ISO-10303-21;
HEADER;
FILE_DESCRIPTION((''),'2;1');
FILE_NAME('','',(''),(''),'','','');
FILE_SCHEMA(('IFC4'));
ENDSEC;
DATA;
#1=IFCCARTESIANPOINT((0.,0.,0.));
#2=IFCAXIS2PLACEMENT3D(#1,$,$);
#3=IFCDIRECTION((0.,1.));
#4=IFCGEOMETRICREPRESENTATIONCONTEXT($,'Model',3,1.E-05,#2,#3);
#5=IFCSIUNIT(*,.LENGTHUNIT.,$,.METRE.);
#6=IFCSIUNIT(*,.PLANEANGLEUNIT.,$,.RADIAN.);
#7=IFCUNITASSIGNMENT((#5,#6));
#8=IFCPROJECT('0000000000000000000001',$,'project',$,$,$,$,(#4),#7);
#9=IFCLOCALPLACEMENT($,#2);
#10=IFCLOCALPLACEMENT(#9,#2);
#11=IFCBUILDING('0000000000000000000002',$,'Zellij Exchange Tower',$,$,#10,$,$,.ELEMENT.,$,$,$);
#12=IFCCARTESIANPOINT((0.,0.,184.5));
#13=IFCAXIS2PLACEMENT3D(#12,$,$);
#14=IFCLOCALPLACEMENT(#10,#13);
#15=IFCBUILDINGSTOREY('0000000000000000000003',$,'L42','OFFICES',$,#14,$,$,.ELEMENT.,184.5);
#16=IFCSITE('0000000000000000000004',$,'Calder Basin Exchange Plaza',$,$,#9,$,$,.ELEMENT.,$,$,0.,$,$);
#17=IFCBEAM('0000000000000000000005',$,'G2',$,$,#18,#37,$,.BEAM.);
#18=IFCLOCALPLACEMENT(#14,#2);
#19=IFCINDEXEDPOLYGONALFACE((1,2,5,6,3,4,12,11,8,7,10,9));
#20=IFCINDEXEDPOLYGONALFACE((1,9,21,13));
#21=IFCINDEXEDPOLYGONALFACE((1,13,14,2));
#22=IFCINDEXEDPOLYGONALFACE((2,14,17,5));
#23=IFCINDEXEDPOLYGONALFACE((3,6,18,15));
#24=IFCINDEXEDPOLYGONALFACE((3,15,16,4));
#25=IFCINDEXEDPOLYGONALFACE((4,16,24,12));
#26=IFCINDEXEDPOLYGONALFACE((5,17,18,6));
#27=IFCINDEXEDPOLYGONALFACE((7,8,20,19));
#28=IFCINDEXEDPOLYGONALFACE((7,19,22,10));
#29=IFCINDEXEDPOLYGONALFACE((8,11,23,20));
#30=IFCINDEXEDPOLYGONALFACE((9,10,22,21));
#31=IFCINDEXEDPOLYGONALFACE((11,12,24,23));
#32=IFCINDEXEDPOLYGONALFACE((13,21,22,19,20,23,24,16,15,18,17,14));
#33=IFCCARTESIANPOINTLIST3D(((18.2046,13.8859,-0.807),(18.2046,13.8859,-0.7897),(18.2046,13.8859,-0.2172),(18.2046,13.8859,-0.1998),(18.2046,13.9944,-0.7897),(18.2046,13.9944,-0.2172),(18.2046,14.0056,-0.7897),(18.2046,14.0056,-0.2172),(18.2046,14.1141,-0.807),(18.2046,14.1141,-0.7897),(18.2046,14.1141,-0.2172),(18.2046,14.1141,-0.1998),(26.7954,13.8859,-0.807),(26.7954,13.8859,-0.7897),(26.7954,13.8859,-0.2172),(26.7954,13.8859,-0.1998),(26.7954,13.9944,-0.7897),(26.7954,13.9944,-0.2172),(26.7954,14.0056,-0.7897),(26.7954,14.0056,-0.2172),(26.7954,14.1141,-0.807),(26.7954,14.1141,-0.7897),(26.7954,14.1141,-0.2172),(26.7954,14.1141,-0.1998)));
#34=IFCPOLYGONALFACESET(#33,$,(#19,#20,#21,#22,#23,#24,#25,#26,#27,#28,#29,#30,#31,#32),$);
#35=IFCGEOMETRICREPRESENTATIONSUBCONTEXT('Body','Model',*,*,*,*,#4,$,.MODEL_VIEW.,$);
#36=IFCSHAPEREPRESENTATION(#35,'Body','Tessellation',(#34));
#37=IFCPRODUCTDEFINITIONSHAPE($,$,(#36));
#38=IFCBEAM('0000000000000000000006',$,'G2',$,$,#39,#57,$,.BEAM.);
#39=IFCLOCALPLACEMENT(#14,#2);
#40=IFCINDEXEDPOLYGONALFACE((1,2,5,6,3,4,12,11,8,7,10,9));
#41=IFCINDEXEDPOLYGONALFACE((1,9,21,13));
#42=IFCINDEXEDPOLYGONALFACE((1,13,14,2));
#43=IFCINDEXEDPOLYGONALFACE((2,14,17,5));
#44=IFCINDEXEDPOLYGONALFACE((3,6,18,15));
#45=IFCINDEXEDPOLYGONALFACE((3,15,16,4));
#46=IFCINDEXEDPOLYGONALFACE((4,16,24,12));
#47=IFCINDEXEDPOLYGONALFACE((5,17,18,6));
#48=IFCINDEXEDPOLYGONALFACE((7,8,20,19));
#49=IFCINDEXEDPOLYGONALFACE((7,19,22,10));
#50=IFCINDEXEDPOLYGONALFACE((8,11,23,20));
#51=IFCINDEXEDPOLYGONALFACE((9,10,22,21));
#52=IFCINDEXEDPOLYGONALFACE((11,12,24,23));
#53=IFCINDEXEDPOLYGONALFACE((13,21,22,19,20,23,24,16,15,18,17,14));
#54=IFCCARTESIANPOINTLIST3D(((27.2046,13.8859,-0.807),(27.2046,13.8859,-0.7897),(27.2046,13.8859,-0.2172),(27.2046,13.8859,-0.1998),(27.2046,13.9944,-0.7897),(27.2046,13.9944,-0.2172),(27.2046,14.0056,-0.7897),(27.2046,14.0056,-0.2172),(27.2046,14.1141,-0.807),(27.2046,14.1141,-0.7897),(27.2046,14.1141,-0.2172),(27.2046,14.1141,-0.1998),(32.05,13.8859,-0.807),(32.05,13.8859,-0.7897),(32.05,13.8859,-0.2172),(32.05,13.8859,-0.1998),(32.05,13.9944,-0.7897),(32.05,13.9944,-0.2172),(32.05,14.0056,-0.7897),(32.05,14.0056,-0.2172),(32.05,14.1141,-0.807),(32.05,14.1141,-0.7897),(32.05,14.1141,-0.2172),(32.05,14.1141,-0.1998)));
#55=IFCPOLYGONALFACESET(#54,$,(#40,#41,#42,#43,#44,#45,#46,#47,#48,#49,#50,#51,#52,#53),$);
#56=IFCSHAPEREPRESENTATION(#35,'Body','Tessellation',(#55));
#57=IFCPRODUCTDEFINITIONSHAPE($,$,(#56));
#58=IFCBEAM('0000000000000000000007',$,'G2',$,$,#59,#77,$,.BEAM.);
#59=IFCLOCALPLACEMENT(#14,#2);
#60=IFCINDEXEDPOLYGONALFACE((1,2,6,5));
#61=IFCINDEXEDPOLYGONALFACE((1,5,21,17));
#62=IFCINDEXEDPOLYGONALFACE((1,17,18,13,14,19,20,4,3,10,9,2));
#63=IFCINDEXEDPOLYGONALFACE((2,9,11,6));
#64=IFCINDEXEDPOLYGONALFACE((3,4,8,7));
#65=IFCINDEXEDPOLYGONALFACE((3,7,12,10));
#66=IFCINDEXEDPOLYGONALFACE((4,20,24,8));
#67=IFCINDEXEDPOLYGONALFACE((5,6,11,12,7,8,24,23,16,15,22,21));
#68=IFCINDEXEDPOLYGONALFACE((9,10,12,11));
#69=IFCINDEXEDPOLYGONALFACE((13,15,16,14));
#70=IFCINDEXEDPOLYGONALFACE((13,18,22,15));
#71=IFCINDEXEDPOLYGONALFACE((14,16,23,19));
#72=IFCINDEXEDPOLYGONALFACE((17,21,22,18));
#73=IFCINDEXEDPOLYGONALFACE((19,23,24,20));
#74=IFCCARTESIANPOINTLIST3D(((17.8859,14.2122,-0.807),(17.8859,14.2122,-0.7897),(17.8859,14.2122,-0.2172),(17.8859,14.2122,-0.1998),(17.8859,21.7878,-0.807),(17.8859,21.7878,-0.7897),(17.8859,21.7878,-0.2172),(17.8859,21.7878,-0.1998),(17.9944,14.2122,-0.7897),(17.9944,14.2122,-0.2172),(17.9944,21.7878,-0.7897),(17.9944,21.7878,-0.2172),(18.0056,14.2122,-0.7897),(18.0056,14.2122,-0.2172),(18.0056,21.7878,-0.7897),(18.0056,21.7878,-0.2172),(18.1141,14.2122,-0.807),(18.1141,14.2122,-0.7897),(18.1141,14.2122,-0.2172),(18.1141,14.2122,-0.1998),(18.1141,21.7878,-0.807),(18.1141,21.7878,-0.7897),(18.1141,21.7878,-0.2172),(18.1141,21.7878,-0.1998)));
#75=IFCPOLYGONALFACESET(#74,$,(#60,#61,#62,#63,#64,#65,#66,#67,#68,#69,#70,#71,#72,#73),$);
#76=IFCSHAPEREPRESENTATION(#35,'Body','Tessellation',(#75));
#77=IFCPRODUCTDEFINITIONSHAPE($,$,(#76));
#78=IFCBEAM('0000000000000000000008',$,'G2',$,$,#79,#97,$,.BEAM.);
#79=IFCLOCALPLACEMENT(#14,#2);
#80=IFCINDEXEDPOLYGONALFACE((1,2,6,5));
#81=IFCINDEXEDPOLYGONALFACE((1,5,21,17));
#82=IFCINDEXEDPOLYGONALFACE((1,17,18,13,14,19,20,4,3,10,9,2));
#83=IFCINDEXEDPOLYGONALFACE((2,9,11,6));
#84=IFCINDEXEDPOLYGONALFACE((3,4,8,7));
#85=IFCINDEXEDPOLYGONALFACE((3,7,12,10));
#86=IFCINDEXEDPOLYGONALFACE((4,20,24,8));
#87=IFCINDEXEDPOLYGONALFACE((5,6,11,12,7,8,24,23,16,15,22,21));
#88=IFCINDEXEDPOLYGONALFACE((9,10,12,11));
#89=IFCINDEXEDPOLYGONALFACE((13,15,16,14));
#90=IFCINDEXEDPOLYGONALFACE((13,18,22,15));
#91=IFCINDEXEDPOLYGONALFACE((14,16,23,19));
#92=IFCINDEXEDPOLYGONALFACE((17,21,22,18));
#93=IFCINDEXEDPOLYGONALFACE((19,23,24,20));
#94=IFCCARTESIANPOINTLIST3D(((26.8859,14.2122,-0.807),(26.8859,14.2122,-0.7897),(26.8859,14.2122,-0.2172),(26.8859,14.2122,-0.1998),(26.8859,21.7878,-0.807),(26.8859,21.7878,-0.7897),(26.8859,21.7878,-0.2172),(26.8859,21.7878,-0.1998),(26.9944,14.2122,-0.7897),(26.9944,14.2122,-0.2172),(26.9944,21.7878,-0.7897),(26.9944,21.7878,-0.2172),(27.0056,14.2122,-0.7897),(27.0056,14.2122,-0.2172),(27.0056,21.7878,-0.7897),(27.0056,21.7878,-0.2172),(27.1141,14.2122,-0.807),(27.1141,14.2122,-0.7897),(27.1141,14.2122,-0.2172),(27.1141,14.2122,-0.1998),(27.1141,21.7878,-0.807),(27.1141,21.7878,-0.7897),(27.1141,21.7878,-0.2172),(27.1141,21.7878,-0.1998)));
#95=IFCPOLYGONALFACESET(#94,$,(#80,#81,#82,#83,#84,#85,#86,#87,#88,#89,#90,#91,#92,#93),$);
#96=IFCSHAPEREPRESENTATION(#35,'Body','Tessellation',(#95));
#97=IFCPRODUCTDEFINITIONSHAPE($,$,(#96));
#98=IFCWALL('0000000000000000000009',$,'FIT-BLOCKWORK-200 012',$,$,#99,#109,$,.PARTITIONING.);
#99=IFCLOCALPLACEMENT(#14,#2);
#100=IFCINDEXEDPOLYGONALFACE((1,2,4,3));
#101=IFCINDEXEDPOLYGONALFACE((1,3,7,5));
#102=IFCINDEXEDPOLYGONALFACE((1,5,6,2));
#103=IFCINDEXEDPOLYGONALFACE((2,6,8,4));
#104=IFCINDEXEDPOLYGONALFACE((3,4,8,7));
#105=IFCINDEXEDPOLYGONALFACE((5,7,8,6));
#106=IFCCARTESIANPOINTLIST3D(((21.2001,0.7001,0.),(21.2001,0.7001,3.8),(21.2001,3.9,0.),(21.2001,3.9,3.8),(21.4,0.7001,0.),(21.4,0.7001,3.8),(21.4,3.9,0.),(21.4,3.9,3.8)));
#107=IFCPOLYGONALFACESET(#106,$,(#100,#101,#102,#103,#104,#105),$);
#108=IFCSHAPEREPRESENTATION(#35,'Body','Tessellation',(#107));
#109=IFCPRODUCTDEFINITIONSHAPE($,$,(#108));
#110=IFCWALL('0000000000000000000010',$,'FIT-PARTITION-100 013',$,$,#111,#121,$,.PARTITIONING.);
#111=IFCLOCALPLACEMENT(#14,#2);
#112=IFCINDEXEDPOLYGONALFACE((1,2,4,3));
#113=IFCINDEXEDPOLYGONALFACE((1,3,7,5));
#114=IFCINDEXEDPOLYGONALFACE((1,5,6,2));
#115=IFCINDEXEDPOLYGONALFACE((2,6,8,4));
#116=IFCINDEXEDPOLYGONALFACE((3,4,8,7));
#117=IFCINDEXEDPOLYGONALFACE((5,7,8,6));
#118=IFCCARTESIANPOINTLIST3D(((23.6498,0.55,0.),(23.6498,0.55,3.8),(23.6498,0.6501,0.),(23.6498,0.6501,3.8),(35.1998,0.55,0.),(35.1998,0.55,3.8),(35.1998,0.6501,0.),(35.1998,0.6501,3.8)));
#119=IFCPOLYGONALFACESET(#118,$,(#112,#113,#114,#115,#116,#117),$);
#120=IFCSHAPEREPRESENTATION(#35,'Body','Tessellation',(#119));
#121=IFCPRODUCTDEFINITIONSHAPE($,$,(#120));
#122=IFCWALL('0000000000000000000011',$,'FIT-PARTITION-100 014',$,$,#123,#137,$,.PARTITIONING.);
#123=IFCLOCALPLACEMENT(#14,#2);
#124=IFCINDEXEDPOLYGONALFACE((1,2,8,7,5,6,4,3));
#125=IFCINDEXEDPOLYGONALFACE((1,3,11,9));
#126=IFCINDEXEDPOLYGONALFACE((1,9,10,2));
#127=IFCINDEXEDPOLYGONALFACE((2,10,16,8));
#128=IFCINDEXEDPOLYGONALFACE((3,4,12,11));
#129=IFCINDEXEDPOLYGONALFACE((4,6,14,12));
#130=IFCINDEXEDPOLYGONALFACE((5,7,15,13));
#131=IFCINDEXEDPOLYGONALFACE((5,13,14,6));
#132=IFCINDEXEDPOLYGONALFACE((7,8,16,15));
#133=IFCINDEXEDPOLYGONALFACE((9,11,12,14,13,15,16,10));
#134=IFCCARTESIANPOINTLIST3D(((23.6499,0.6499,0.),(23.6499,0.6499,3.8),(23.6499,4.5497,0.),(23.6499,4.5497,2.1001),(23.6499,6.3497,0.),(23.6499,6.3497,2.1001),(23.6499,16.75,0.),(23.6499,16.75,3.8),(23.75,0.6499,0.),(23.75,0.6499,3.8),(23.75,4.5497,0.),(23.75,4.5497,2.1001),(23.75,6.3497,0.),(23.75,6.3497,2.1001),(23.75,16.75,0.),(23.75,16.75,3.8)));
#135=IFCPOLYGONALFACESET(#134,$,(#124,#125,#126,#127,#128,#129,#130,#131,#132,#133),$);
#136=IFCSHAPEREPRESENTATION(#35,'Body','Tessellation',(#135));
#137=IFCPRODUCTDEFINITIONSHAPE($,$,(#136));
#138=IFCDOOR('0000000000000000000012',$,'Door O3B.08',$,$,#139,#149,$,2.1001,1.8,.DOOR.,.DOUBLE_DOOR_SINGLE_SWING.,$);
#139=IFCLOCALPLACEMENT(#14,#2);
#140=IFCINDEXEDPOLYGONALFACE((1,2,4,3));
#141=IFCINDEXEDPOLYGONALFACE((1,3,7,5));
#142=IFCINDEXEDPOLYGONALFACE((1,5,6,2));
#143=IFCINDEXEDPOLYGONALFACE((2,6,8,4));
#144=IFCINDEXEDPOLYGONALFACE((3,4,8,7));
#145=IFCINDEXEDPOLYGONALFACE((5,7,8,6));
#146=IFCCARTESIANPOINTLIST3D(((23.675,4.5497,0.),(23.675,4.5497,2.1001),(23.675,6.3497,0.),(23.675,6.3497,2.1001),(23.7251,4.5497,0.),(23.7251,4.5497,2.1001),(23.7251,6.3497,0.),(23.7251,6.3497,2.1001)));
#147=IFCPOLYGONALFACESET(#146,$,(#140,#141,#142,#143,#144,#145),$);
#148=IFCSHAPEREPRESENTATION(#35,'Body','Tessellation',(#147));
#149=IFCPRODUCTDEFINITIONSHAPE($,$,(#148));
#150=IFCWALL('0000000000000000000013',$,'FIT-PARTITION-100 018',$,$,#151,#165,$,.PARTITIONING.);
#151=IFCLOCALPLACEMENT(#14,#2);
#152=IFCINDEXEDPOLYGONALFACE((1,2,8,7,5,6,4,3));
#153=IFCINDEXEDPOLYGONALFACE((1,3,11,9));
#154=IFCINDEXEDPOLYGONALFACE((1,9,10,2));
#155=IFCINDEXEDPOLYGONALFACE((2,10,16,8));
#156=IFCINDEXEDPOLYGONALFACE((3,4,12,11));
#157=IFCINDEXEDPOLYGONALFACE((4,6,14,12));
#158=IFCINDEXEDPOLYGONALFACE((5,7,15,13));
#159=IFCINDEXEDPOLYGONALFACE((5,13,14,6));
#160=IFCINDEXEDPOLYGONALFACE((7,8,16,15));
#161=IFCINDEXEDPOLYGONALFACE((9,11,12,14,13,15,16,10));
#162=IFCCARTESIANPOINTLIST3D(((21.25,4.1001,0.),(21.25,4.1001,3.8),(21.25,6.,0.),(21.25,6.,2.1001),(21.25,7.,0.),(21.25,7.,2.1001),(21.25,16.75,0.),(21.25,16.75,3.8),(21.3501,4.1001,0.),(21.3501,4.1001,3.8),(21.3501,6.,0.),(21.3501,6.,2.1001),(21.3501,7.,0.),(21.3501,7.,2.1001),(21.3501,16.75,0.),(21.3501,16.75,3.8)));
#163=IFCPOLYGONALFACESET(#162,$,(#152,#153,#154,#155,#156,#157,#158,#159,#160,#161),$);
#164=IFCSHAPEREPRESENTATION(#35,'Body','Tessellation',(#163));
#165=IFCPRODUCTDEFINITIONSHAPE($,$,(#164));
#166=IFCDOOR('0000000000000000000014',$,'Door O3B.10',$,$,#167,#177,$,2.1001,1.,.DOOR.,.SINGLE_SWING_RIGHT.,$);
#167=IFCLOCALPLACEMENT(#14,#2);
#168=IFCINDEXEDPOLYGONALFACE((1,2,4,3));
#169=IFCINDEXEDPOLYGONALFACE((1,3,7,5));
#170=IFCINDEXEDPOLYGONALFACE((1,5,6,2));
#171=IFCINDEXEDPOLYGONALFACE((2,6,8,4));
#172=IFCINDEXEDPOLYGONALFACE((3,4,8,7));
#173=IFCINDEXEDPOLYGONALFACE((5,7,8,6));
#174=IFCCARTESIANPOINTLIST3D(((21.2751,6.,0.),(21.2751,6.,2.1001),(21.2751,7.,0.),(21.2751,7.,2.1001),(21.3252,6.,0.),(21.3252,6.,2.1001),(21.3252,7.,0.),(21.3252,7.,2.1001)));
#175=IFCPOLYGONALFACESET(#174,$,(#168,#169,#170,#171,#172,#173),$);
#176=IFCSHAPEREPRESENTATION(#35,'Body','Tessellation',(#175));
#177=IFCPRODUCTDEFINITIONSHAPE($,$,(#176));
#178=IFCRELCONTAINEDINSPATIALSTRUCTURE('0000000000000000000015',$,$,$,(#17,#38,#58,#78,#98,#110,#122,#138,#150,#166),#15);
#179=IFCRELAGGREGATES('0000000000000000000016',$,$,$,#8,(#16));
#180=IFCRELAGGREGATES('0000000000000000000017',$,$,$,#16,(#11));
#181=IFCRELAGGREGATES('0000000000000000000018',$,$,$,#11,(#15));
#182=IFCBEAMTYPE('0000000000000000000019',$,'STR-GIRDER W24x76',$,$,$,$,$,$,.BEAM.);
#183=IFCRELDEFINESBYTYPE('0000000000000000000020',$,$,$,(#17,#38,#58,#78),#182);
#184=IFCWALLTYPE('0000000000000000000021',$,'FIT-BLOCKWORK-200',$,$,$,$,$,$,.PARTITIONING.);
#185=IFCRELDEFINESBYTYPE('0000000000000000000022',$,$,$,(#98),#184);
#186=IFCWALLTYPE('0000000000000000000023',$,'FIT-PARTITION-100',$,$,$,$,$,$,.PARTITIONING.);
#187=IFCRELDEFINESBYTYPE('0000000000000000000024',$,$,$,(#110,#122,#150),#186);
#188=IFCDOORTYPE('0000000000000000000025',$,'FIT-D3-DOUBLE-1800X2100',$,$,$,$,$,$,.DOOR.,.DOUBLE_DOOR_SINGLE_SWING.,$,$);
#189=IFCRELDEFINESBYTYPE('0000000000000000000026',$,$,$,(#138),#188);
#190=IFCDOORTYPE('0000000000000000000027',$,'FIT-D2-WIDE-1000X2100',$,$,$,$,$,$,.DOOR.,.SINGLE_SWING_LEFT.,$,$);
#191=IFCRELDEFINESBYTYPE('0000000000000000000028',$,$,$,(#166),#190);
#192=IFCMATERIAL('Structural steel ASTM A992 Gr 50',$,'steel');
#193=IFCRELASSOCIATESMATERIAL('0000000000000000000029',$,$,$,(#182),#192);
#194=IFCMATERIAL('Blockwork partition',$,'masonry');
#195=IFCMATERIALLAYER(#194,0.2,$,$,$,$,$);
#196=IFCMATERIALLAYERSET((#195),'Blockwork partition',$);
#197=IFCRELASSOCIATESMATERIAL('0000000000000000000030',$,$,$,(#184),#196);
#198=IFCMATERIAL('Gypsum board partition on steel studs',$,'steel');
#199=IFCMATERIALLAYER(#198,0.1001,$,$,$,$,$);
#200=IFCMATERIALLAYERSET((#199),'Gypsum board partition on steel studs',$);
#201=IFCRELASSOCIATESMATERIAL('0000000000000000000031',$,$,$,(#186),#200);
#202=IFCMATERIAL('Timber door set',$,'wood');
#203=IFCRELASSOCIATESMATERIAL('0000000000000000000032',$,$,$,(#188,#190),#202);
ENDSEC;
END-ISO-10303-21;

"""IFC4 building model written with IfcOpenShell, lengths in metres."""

from ifc_helpers import new_model, si_unit, direction, frame, frame_2d, origin, origin_2d, place, context, subcontext, project, spatial, rectangle, i_section, extrude, material, layer, layer_set, material_profile, profile_set, type_object, element, fill, save


model = new_model("IFC4")

# Units and contexts
model_context = context("Model", 3, precision=1e-05, world=origin(), true_north=direction((0.0, 1.0)))
body_context = subcontext(model_context, "Body", "Model", "MODEL_VIEW")
ifc_project = project(units=[si_unit("LENGTHUNIT", "METRE"), si_unit("PLANEANGLEUNIT", "RADIAN")], contexts=[model_context])

# Site, building, storey
site_placement = place(None, origin())
site = spatial("IfcSite", under=ifc_project, at=site_placement, Name="Calder Basin Exchange Plaza", CompositionType="ELEMENT", RefElevation=0.0)
building_placement = place(site_placement, origin())
building = spatial("IfcBuilding", under=site, at=building_placement, Name="Zellij Exchange Tower", CompositionType="ELEMENT")
storey_placement = place(building_placement, frame((0.0, 0.0, 184.5)))
storey = spatial("IfcBuildingStorey", under=building, at=storey_placement, Name="L42", Description="OFFICES", CompositionType="ELEMENT", Elevation=184.5)

# Beams
ifc_material_1 = material(Name="Structural steel ASTM A992 Gr 50", Category="steel")
ifc_material_profile_1 = material_profile(ifc_material_1, i_section(OverallWidth=0.2283, OverallDepth=0.6072, WebThickness=0.0112, FlangeThickness=0.0173, at=origin_2d()), Name="W24x76")
ifc_profile_set_1 = profile_set([ifc_material_profile_1], Name="Structural steel ASTM A992 Gr 50")
beam_type_1 = type_object("IfcBeamType", Name="STR-GIRDER W24x76", PredefinedType="BEAM", material=ifc_profile_set_1)
beam_1_placement = place(storey_placement, frame((18.2046, 14.0, -0.5034), z_axis=(1.0, 0.0, 0.0), x_axis=(0.0, 1.0, 0.0)))
element("IfcBeam", 1, at=beam_1_placement, inside=storey, type_object=beam_type_1, Name="G2", PredefinedType="BEAM", context=body_context, shape_type="SweptSolid", body=[
    extrude(i_section(OverallWidth=0.2283, OverallDepth=0.6072, WebThickness=0.0112, FlangeThickness=0.0173, at=origin_2d()), origin(), (0.0, 0.0, 1.0), 8.5908),
])
beam_2_placement = place(storey_placement, frame((27.2046, 14.0, -0.5034), z_axis=(1.0, 0.0, 0.0), x_axis=(0.0, 1.0, 0.0)))
element("IfcBeam", 2, at=beam_2_placement, inside=storey, type_object=beam_type_1, Name="G2", PredefinedType="BEAM", context=body_context, shape_type="SweptSolid", body=[
    extrude(i_section(OverallWidth=0.2283, OverallDepth=0.6072, WebThickness=0.0112, FlangeThickness=0.0173, at=origin_2d()), origin(), (0.0, 0.0, 1.0), 4.8455),
])
for number, where, z_axis, x_axis, name in (
    (3, (18.0, 14.2122, -0.5034), (0.0, 1.0, 0.0), (-1.0, 0.0, 0.0), "G2"),
    (4, (27.0, 14.2122, -0.5034), (0.0, 1.0, 0.0), (-1.0, 0.0, 0.0), "G2"),
):
    element("IfcBeam", number, at=place(storey_placement, frame(where, z_axis=z_axis, x_axis=x_axis)), inside=storey, type_object=beam_type_1, Name=name, PredefinedType="BEAM", context=body_context, shape_type="SweptSolid", body=[
        extrude(i_section(OverallWidth=0.2283, OverallDepth=0.6072, WebThickness=0.0112, FlangeThickness=0.0173, at=origin_2d()), origin(), (0.0, 0.0, 1.0), 7.5757),
    ])

# Walls
ifc_material_2 = material(Name="Blockwork partition", Category="masonry")
ifc_layer_1 = layer(ifc_material_2, 0.2)
ifc_layer_set_1 = layer_set([ifc_layer_1], Name="Blockwork partition")
wall_type_1 = type_object("IfcWallType", Name="FIT-BLOCKWORK-200", PredefinedType="PARTITIONING", material=ifc_layer_set_1)
wall_1_placement = place(storey_placement, frame((21.3, 0.7, 0.0), z_axis=(0.0, 0.0, 1.0), x_axis=(0.0, 1.0, 0.0)))
element("IfcWall", 5, at=wall_1_placement, inside=storey, type_object=wall_type_1, Name="FIT-BLOCKWORK-200 012", PredefinedType="PARTITIONING", context=body_context, shape_type="SweptSolid", body=[
    extrude(rectangle(XDim=3.2, YDim=0.2, at=frame_2d((1.6001, 0.0))), origin(), (0.0, 0.0, 1.0), 3.8),
])
ifc_material_3 = material(Name="Gypsum board partition on steel studs", Category="steel")
ifc_layer_2 = layer(ifc_material_3, 0.1001)
ifc_layer_set_2 = layer_set([ifc_layer_2], Name="Gypsum board partition on steel studs")
wall_type_2 = type_object("IfcWallType", Name="FIT-PARTITION-100", PredefinedType="PARTITIONING", material=ifc_layer_set_2)
wall_2_placement = place(storey_placement, frame((23.6499, 0.6001, 0.0), z_axis=(0.0, 0.0, 1.0), x_axis=(1.0, 0.0, 0.0)))
element("IfcWall", 6, at=wall_2_placement, inside=storey, type_object=wall_type_2, Name="FIT-PARTITION-100 013", PredefinedType="PARTITIONING", context=body_context, shape_type="SweptSolid", body=[
    extrude(rectangle(XDim=11.55, YDim=0.1001, at=frame_2d((5.7749, 0.0))), origin(), (0.0, 0.0, 1.0), 3.8),
])

# Walls, openings, doors
wall_3_placement = place(storey_placement, frame((23.7, 0.6499, 0.0), z_axis=(0.0, 0.0, 1.0), x_axis=(0.0, 1.0, 0.0)))
wall_3 = element("IfcWall", 7, at=wall_3_placement, inside=storey, type_object=wall_type_2, Name="FIT-PARTITION-100 014", PredefinedType="PARTITIONING", context=body_context, shape_type="SweptSolid", body=[
    extrude(rectangle(XDim=16.1001, YDim=0.1001, at=frame_2d((8.05, 0.0))), origin(), (0.0, 0.0, 1.0), 3.8),
])
opening_1_placement = place(wall_3_placement, frame((3.8999, 0.0, 0.0)))
opening_1 = element("IfcOpeningElement", 8, at=opening_1_placement, cuts=wall_3, PredefinedType="OPENING", context=body_context, shape_type="SweptSolid", body=[
    extrude(rectangle(XDim=1.8, YDim=2.1001, at=frame_2d((0.8999, 1.05))), frame((0.0, 0.062, 0.0), z_axis=(0.0, -1.0, 0.0), x_axis=(1.0, 0.0, 0.0)), (0.0, 0.0, 1.0), 0.124),
])
ifc_material_4 = material(Name="Timber door set", Category="wood")
door_type_1 = type_object("IfcDoorType", Name="FIT-D3-DOUBLE-1800X2100", OperationType="DOUBLE_DOOR_SINGLE_SWING", PredefinedType="DOOR", material=ifc_material_4)
door_1_placement = place(opening_1_placement, origin())
door_1 = element("IfcDoor", 9, at=door_1_placement, inside=storey, type_object=door_type_1, Name="Door O3B.08", OperationType="DOUBLE_DOOR_SINGLE_SWING", OverallHeight=2.1001, OverallWidth=1.8, PredefinedType="DOOR", context=body_context, shape_type="SweptSolid", body=[
    extrude(rectangle(XDim=1.8, YDim=2.1001, at=frame_2d((0.8999, 1.05))), frame((0.0, 0.0249, 0.0), z_axis=(0.0, -1.0, 0.0), x_axis=(1.0, 0.0, 0.0)), (0.0, 0.0, 1.0), 0.05),
])
fill(opening_1, door_1)
wall_4_placement = place(storey_placement, frame((21.3, 4.1001, 0.0), z_axis=(0.0, 0.0, 1.0), x_axis=(0.0, 1.0, 0.0)))
wall_4 = element("IfcWall", 10, at=wall_4_placement, inside=storey, type_object=wall_type_2, Name="FIT-PARTITION-100 018", PredefinedType="PARTITIONING", context=body_context, shape_type="SweptSolid", body=[
    extrude(rectangle(XDim=12.6499, YDim=0.1001, at=frame_2d((6.325, 0.0))), origin(), (0.0, 0.0, 1.0), 3.8),
])
opening_2_placement = place(wall_4_placement, frame((1.8999, 0.0, 0.0)))
opening_2 = element("IfcOpeningElement", 11, at=opening_2_placement, cuts=wall_4, PredefinedType="OPENING", context=body_context, shape_type="SweptSolid", body=[
    extrude(rectangle(XDim=1.0, YDim=2.1001, at=frame_2d((0.5, 1.05))), frame((0.0, 0.062, 0.0), z_axis=(0.0, -1.0, 0.0), x_axis=(1.0, 0.0, 0.0)), (0.0, 0.0, 1.0), 0.124),
])
door_type_2 = type_object("IfcDoorType", Name="FIT-D2-WIDE-1000X2100", OperationType="SINGLE_SWING_LEFT", PredefinedType="DOOR", material=ifc_material_4)
door_2_placement = place(opening_2_placement, origin())
door_2 = element("IfcDoor", 12, at=door_2_placement, inside=storey, type_object=door_type_2, Name="Door O3B.10", OperationType="SINGLE_SWING_RIGHT", OverallHeight=2.1001, OverallWidth=1.0, PredefinedType="DOOR", context=body_context, shape_type="SweptSolid", body=[
    extrude(rectangle(XDim=1.0, YDim=2.1001, at=frame_2d((0.5, 1.05))), frame((0.0, 0.0249, 0.0), z_axis=(0.0, -1.0, 0.0), x_axis=(1.0, 0.0, 0.0)), (0.0, 0.0, 1.0), 0.05),
])
fill(opening_2, door_2)

save(model, "model.ifc")
